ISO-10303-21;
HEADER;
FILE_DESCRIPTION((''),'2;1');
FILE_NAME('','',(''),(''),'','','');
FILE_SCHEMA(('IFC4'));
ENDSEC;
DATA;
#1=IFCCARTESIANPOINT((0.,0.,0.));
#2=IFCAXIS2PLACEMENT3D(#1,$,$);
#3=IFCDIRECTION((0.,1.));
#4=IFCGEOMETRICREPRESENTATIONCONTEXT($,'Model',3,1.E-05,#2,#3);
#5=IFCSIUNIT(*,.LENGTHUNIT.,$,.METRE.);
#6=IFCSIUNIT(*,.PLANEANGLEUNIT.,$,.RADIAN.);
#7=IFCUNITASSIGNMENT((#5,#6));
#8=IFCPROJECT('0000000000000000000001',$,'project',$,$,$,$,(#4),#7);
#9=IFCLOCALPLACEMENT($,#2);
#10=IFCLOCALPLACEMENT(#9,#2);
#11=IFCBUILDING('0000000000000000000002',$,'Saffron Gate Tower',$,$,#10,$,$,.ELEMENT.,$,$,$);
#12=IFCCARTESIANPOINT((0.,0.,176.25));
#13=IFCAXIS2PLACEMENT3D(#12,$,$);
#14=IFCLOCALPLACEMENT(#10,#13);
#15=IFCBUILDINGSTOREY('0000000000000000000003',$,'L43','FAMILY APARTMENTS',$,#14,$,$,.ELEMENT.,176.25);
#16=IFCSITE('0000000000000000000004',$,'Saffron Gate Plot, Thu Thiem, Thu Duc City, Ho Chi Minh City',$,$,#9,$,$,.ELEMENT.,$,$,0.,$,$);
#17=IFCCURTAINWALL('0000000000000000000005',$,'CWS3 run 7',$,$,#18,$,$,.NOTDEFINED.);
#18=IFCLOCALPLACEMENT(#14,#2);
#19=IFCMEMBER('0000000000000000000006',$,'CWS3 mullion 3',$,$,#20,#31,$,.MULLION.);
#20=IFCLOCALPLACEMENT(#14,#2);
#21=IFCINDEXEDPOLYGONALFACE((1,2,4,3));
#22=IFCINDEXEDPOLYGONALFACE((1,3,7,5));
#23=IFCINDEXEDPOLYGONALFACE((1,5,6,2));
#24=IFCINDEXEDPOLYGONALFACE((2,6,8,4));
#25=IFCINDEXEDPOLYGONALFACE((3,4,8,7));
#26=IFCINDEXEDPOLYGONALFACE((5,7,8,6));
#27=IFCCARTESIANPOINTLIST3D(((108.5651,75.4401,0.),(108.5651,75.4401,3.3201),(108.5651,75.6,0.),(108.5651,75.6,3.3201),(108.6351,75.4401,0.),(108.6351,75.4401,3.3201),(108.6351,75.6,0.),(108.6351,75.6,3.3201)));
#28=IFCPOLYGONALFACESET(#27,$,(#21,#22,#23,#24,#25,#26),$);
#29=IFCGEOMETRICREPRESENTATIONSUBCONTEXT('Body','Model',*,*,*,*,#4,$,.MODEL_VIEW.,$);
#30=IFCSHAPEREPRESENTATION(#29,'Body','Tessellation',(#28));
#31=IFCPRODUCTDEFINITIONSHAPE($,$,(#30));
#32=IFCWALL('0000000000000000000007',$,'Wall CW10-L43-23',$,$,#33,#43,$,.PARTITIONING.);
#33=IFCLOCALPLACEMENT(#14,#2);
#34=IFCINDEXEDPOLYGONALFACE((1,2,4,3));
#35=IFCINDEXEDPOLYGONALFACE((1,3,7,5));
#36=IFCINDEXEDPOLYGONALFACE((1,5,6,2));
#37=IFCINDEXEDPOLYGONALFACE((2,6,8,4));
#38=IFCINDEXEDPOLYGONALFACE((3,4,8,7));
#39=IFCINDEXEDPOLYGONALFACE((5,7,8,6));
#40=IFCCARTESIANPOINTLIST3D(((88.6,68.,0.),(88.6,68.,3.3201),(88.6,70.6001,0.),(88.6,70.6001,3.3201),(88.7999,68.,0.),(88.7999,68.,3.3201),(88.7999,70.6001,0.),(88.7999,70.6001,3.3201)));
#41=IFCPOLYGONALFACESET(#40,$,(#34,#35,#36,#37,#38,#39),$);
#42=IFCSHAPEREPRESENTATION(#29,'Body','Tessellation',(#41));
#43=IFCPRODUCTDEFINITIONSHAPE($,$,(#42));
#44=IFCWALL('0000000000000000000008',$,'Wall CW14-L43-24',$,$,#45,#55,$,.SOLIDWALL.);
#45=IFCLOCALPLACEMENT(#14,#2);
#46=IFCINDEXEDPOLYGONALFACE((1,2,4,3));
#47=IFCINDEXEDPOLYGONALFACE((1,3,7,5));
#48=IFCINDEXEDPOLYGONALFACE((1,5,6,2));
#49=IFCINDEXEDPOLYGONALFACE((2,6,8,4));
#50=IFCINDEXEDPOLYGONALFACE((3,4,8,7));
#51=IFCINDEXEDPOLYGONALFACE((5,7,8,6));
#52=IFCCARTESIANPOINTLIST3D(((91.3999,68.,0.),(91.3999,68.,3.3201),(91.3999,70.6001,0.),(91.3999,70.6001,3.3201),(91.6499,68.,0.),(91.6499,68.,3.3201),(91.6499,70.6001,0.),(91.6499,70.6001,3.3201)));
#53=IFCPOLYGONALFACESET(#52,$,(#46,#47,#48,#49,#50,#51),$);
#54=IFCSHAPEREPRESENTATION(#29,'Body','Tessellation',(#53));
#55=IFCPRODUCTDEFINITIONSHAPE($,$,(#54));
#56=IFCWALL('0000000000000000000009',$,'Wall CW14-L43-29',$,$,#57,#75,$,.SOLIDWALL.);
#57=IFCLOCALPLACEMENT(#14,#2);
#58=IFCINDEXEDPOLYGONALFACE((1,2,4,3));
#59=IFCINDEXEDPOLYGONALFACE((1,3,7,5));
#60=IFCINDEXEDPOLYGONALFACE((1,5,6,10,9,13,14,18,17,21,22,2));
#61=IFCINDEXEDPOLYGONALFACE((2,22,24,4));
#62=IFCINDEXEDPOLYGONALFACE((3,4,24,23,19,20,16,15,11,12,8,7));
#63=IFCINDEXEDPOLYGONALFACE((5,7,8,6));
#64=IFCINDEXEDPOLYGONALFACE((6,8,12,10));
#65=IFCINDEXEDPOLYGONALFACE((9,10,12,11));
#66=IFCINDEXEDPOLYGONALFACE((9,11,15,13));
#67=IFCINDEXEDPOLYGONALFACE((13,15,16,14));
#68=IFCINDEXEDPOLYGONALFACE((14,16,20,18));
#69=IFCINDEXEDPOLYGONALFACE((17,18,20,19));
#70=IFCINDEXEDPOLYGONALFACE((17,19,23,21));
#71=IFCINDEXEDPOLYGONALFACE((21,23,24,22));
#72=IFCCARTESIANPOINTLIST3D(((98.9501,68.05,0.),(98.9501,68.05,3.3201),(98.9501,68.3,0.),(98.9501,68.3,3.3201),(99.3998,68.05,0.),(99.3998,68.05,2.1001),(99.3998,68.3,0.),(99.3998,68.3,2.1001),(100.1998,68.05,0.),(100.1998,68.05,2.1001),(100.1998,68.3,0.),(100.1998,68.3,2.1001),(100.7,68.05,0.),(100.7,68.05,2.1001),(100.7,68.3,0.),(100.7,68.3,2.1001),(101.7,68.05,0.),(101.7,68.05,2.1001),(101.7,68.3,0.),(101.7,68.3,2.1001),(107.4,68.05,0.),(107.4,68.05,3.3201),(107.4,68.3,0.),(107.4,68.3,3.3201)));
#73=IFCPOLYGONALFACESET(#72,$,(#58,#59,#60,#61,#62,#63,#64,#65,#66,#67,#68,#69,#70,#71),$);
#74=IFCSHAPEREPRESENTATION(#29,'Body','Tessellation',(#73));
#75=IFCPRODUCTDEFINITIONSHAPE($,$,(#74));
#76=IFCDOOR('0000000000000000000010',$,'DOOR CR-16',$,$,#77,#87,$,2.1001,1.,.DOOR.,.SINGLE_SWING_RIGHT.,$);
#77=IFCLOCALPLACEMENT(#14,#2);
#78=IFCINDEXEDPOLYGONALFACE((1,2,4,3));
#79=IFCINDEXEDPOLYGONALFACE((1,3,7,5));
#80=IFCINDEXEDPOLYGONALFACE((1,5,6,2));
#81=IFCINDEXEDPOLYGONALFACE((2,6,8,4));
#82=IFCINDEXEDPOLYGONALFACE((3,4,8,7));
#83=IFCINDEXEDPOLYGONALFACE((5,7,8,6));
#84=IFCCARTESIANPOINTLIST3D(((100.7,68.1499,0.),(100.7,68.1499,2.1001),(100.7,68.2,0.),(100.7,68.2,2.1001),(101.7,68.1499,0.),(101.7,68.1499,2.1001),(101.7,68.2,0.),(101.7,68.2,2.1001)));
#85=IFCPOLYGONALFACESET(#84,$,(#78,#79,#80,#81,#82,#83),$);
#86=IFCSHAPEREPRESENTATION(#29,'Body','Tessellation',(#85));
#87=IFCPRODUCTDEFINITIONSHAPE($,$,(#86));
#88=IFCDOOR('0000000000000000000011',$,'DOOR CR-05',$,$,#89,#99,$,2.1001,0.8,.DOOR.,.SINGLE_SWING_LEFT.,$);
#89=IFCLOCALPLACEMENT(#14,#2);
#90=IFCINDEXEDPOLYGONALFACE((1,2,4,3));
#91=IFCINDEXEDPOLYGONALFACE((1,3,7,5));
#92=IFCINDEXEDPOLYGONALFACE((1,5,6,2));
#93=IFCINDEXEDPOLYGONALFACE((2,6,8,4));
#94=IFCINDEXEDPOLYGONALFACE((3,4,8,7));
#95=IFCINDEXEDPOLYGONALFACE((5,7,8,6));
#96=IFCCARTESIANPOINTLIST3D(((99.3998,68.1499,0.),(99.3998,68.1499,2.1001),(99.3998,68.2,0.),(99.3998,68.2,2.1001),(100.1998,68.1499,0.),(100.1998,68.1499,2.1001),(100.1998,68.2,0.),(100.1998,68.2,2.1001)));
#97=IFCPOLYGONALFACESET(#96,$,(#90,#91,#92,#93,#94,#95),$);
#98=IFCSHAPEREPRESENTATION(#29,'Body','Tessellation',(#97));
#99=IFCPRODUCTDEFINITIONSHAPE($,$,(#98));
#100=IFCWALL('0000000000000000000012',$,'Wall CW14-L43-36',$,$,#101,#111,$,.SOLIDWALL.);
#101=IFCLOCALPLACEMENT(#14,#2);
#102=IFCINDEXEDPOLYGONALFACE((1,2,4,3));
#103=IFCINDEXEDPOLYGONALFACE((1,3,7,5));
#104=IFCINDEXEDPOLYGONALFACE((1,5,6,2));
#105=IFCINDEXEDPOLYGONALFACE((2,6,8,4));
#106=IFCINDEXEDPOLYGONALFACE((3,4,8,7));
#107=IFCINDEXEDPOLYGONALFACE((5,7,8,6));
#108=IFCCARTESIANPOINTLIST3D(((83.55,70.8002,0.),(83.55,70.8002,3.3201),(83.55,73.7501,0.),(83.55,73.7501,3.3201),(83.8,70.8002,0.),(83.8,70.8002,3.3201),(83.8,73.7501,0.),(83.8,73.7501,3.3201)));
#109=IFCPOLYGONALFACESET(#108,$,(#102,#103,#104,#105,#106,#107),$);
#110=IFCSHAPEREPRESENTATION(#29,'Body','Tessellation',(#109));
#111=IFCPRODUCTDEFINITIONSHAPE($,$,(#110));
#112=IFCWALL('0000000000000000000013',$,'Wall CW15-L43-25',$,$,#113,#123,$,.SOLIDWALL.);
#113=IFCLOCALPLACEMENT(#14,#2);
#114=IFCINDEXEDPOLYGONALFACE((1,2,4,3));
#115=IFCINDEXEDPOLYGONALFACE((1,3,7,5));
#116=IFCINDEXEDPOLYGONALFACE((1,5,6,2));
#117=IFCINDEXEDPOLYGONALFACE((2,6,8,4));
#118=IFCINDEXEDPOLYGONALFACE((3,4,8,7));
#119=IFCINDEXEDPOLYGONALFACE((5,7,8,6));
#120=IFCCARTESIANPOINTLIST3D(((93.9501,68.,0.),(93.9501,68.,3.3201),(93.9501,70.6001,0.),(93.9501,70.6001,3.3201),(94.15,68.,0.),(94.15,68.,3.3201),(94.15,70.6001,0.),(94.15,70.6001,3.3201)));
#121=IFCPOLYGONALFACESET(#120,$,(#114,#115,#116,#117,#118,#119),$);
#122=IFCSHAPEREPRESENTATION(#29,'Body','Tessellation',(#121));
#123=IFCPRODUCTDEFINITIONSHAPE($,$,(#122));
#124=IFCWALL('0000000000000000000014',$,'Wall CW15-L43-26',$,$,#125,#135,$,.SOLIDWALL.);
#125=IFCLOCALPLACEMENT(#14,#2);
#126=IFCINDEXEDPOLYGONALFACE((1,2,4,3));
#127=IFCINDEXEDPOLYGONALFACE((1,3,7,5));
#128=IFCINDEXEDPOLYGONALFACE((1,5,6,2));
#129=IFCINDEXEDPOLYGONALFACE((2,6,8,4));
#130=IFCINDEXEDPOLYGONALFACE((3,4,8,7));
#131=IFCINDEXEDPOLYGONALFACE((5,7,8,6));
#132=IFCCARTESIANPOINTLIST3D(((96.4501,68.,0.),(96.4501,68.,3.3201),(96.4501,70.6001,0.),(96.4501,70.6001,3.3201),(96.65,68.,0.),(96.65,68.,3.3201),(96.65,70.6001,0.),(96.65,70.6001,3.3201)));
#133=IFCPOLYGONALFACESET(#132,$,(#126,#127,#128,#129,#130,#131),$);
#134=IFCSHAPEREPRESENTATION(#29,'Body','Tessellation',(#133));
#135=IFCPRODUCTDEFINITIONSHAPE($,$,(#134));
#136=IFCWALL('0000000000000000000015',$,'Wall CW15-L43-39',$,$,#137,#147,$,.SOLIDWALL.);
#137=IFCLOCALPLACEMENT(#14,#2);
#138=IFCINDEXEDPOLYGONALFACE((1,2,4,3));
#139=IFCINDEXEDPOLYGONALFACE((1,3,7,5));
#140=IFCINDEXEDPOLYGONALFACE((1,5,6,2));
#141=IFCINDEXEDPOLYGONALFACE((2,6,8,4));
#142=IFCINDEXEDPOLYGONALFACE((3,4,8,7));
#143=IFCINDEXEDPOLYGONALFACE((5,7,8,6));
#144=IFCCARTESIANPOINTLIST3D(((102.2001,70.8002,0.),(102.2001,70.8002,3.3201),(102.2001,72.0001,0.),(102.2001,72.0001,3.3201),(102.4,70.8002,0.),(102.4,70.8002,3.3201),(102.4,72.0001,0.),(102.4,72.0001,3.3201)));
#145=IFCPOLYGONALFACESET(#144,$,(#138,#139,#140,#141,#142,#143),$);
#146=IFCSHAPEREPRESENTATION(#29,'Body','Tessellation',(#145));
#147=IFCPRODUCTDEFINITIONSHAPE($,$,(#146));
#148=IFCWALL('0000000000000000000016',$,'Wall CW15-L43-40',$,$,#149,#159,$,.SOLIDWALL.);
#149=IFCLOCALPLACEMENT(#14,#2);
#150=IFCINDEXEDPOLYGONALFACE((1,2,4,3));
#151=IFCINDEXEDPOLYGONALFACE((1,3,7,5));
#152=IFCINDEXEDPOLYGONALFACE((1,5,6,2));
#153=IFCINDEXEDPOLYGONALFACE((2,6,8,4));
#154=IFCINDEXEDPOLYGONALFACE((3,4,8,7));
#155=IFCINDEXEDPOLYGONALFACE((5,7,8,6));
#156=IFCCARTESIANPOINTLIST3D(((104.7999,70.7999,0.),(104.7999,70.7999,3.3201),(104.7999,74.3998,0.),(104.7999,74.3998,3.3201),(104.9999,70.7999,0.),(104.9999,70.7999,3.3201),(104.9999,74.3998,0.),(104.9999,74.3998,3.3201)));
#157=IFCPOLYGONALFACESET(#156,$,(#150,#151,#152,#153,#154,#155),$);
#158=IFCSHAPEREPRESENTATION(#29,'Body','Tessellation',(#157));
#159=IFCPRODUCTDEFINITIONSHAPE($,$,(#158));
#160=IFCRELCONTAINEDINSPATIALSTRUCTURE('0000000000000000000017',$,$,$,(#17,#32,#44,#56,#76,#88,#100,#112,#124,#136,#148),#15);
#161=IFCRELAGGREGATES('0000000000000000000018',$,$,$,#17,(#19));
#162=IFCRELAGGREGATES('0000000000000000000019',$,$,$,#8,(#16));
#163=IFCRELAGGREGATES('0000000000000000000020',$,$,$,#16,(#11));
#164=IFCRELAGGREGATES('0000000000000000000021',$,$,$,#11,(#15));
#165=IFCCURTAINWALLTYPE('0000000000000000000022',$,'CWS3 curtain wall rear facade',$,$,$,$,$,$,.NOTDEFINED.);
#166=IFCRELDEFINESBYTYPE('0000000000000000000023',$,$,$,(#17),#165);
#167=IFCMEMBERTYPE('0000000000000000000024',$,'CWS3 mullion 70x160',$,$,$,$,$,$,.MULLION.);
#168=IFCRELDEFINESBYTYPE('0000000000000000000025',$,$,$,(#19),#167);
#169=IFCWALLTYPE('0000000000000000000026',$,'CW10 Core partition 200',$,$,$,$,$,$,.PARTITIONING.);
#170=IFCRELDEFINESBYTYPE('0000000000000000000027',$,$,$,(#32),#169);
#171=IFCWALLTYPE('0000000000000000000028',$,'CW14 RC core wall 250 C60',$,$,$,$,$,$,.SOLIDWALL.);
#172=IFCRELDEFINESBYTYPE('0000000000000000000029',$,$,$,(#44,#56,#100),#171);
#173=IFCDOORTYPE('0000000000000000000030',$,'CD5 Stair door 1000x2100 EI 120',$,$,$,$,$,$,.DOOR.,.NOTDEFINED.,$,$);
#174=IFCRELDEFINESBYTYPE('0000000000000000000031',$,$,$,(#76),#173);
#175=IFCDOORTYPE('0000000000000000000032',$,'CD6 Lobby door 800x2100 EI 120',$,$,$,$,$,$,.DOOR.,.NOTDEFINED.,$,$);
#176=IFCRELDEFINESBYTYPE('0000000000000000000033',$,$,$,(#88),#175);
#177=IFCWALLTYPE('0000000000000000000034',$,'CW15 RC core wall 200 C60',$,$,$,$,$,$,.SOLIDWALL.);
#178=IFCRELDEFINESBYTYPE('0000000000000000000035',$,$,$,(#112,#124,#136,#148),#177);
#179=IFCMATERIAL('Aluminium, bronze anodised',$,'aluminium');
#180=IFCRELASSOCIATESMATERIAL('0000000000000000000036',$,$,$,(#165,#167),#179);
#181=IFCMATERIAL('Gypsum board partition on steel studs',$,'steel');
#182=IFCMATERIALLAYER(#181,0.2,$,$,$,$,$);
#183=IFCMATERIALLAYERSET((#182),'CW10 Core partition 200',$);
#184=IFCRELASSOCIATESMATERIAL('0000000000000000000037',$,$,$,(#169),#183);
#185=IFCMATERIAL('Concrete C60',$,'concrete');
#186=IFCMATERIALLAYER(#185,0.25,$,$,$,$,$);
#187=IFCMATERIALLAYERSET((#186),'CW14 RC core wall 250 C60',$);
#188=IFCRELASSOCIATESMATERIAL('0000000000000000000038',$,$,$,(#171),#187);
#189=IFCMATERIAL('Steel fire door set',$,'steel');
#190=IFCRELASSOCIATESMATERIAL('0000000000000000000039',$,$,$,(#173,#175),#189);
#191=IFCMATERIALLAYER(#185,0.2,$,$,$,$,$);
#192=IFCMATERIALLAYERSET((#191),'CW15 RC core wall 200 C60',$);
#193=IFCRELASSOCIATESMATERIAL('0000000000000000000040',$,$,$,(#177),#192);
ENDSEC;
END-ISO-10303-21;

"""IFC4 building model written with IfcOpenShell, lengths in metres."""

from ifc_helpers import new_model, si_unit, direction, frame, frame_2d, origin, origin_2d, place, context, subcontext, project, spatial, rectangle, extrude, material, layer, layer_set, material_profile, profile_set, type_object, element, fill, aggregate, save


model = new_model("IFC4")

# Units and contexts
model_context = context("Model", 3, precision=1e-05, world=origin(), true_north=direction((0.0, 1.0)))
body_context = subcontext(model_context, "Body", "Model", "MODEL_VIEW")
ifc_project = project(units=[si_unit("LENGTHUNIT", "METRE"), si_unit("PLANEANGLEUNIT", "RADIAN")], contexts=[model_context])

# Site, building, storey
site_placement = place(None, origin())
site = spatial("IfcSite", under=ifc_project, at=site_placement, Name="Saffron Gate Plot, Thu Thiem, Thu Duc City, Ho Chi Minh City", CompositionType="ELEMENT", RefElevation=0.0)
building_placement = place(site_placement, origin())
building = spatial("IfcBuilding", under=site, at=building_placement, Name="Saffron Gate Tower", CompositionType="ELEMENT")
storey_placement = place(building_placement, frame((0.0, 0.0, 176.25)))
storey = spatial("IfcBuildingStorey", under=building, at=storey_placement, Name="L43", Description="FAMILY APARTMENTS", CompositionType="ELEMENT", Elevation=176.25)

# Curtain wall, member
ifc_material_1 = material(Name="Aluminium, bronze anodised", Category="aluminium")
curtain_wall_type = type_object("IfcCurtainWallType", Name="CWS3 curtain wall rear facade", PredefinedType="NOTDEFINED", material=ifc_material_1)
curtain_wall_placement = place(storey_placement, origin())
curtain_wall = element("IfcCurtainWall", 1, at=curtain_wall_placement, inside=storey, type_object=curtain_wall_type, Name="CWS3 run 7", PredefinedType="NOTDEFINED")
ifc_material_profile = material_profile(ifc_material_1, rectangle(XDim=0.1599, YDim=0.0701, at=origin_2d()))
ifc_profile_set = profile_set([ifc_material_profile], Name="Aluminium, bronze anodised")
member_type = type_object("IfcMemberType", Name="CWS3 mullion 70x160", PredefinedType="MULLION", material=ifc_profile_set)
member_placement = place(storey_placement, frame((108.6001, 75.52, 0.0), z_axis=(0.0, 0.0, 1.0), x_axis=(0.0, -1.0, 0.0)))
member = element("IfcMember", 2, at=member_placement, type_object=member_type, Name="CWS3 mullion 3", PredefinedType="MULLION", context=body_context, shape_type="SweptSolid", body=[
    extrude(rectangle(XDim=0.1599, YDim=0.0701, at=origin_2d()), origin(), (0.0, 0.0, 1.0), 3.3201),
])
aggregate(curtain_wall, [member])

# Walls
ifc_material_2 = material(Name="Gypsum board partition on steel studs", Category="steel")
ifc_layer_1 = layer(ifc_material_2, 0.2)
ifc_layer_set_1 = layer_set([ifc_layer_1], Name="CW10 Core partition 200")
wall_type_1 = type_object("IfcWallType", Name="CW10 Core partition 200", PredefinedType="PARTITIONING", material=ifc_layer_set_1)
wall_1_placement = place(storey_placement, frame((88.7, 68.0, 0.0), z_axis=(0.0, 0.0, 1.0), x_axis=(0.0, 1.0, 0.0)))
element("IfcWall", 3, at=wall_1_placement, inside=storey, type_object=wall_type_1, Name="Wall CW10-L43-23", PredefinedType="PARTITIONING", context=body_context, shape_type="SweptSolid", body=[
    extrude(rectangle(XDim=2.6001, YDim=0.2, at=frame_2d((1.3, 0.0))), origin(), (0.0, 0.0, 1.0), 3.3201),
])
ifc_material_3 = material(Name="Concrete C60", Category="concrete")
ifc_layer_2 = layer(ifc_material_3, 0.25)
ifc_layer_set_2 = layer_set([ifc_layer_2], Name="CW14 RC core wall 250 C60")
wall_type_2 = type_object("IfcWallType", Name="CW14 RC core wall 250 C60", PredefinedType="SOLIDWALL", material=ifc_layer_set_2)
wall_2_placement = place(storey_placement, frame((91.5249, 68.0, 0.0), z_axis=(0.0, 0.0, 1.0), x_axis=(0.0, 1.0, 0.0)))
element("IfcWall", 4, at=wall_2_placement, inside=storey, type_object=wall_type_2, Name="Wall CW14-L43-24", PredefinedType="SOLIDWALL", context=body_context, shape_type="SweptSolid", body=[
    extrude(rectangle(XDim=2.6001, YDim=0.25, at=frame_2d((1.3, 0.0))), origin(), (0.0, 0.0, 1.0), 3.3201),
])

# Wall, openings, doors
wall_3_placement = place(storey_placement, frame((98.95, 68.175, 0.0), z_axis=(0.0, 0.0, 1.0), x_axis=(1.0, 0.0, 0.0)))
wall_3 = element("IfcWall", 5, at=wall_3_placement, inside=storey, type_object=wall_type_2, Name="Wall CW14-L43-29", PredefinedType="SOLIDWALL", context=body_context, shape_type="SweptSolid", body=[
    extrude(rectangle(XDim=8.45, YDim=0.25, at=frame_2d((4.2251, 0.0))), origin(), (0.0, 0.0, 1.0), 3.3201),
])
opening_1_placement = place(wall_3_placement, frame((0.45, 0.0, 0.0)))
opening_1 = element("IfcOpeningElement", 6, at=opening_1_placement, cuts=wall_3, PredefinedType="OPENING", context=body_context, shape_type="SweptSolid", body=[
    extrude(rectangle(XDim=0.8, YDim=2.1001, at=frame_2d((0.3999, 1.05))), frame((0.0, 0.135, 0.0), z_axis=(0.0, -1.0, 0.0), x_axis=(1.0, 0.0, 0.0)), (0.0, 0.0, 1.0), 0.27),
])
opening_2_placement = place(wall_3_placement, frame((1.75, 0.0, 0.0)))
opening_2 = element("IfcOpeningElement", 7, at=opening_2_placement, cuts=wall_3, PredefinedType="OPENING", context=body_context, shape_type="SweptSolid", body=[
    extrude(rectangle(XDim=1.0, YDim=2.1001, at=frame_2d((0.5, 1.05))), frame((0.0, 0.135, 0.0), z_axis=(0.0, -1.0, 0.0), x_axis=(1.0, 0.0, 0.0)), (0.0, 0.0, 1.0), 0.27),
])
ifc_material_4 = material(Name="Steel fire door set", Category="steel")
door_type_1 = type_object("IfcDoorType", Name="CD5 Stair door 1000x2100 EI 120", OperationType="NOTDEFINED", PredefinedType="DOOR", material=ifc_material_4)
door_1_placement = place(opening_2_placement, origin())
door_1 = element("IfcDoor", 8, at=door_1_placement, inside=storey, type_object=door_type_1, Name="DOOR CR-16", OperationType="SINGLE_SWING_RIGHT", OverallHeight=2.1001, OverallWidth=1.0, PredefinedType="DOOR", context=body_context, shape_type="SweptSolid", body=[
    extrude(rectangle(XDim=1.0, YDim=2.1001, at=frame_2d((0.5, 1.05))), frame((0.0, 0.0249, 0.0), z_axis=(0.0, -1.0, 0.0), x_axis=(1.0, 0.0, 0.0)), (0.0, 0.0, 1.0), 0.05),
])
fill(opening_2, door_1)
door_type_2 = type_object("IfcDoorType", Name="CD6 Lobby door 800x2100 EI 120", OperationType="NOTDEFINED", PredefinedType="DOOR", material=ifc_material_4)
door_2_placement = place(opening_1_placement, origin())
door_2 = element("IfcDoor", 9, at=door_2_placement, inside=storey, type_object=door_type_2, Name="DOOR CR-05", OperationType="SINGLE_SWING_LEFT", OverallHeight=2.1001, OverallWidth=0.8, PredefinedType="DOOR", context=body_context, shape_type="SweptSolid", body=[
    extrude(rectangle(XDim=0.8, YDim=2.1001, at=frame_2d((0.3999, 1.05))), frame((0.0, 0.0249, 0.0), z_axis=(0.0, -1.0, 0.0), x_axis=(1.0, 0.0, 0.0)), (0.0, 0.0, 1.0), 0.05),
])
fill(opening_1, door_2)

# Walls
wall_4_placement = place(storey_placement, frame((83.675, 70.8, 0.0), z_axis=(0.0, 0.0, 1.0), x_axis=(0.0, 1.0, 0.0)))
element("IfcWall", 10, at=wall_4_placement, inside=storey, type_object=wall_type_2, Name="Wall CW14-L43-36", PredefinedType="SOLIDWALL", context=body_context, shape_type="SweptSolid", body=[
    extrude(rectangle(XDim=2.95, YDim=0.25, at=frame_2d((1.4751, 0.0))), origin(), (0.0, 0.0, 1.0), 3.3201),
])
ifc_layer_3 = layer(ifc_material_3, 0.2)
ifc_layer_set_3 = layer_set([ifc_layer_3], Name="CW15 RC core wall 200 C60")
wall_type_3 = type_object("IfcWallType", Name="CW15 RC core wall 200 C60", PredefinedType="SOLIDWALL", material=ifc_layer_set_3)
for number, where, z_axis, x_axis, name in (
    (11, (94.05, 68.0, 0.0), (0.0, 0.0, 1.0), (0.0, 1.0, 0.0), "Wall CW15-L43-25"),
    (12, (96.55, 68.0, 0.0), (0.0, 0.0, 1.0), (0.0, 1.0, 0.0), "Wall CW15-L43-26"),
):
    element("IfcWall", number, at=place(storey_placement, frame(where, z_axis=z_axis, x_axis=x_axis)), inside=storey, type_object=wall_type_3, Name=name, PredefinedType="SOLIDWALL", context=body_context, shape_type="SweptSolid", body=[
        extrude(rectangle(XDim=2.6001, YDim=0.2, at=frame_2d((1.3, 0.0))), origin(), (0.0, 0.0, 1.0), 3.3201),
    ])
wall_5_placement = place(storey_placement, frame((102.3, 70.8, 0.0), z_axis=(0.0, 0.0, 1.0), x_axis=(0.0, 1.0, 0.0)))
element("IfcWall", 13, at=wall_5_placement, inside=storey, type_object=wall_type_3, Name="Wall CW15-L43-39", PredefinedType="SOLIDWALL", context=body_context, shape_type="SweptSolid", body=[
    extrude(rectangle(XDim=1.2, YDim=0.2, at=frame_2d((0.6001, 0.0))), origin(), (0.0, 0.0, 1.0), 3.3201),
])
wall_6_placement = place(storey_placement, frame((104.8999, 70.8, 0.0), z_axis=(0.0, 0.0, 1.0), x_axis=(0.0, 1.0, 0.0)))
element("IfcWall", 14, at=wall_6_placement, inside=storey, type_object=wall_type_3, Name="Wall CW15-L43-40", PredefinedType="SOLIDWALL", context=body_context, shape_type="SweptSolid", body=[
    extrude(rectangle(XDim=3.5999, YDim=0.2, at=frame_2d((1.7998, 0.0))), origin(), (0.0, 0.0, 1.0), 3.3201),
])

save(model, "model.ifc")
